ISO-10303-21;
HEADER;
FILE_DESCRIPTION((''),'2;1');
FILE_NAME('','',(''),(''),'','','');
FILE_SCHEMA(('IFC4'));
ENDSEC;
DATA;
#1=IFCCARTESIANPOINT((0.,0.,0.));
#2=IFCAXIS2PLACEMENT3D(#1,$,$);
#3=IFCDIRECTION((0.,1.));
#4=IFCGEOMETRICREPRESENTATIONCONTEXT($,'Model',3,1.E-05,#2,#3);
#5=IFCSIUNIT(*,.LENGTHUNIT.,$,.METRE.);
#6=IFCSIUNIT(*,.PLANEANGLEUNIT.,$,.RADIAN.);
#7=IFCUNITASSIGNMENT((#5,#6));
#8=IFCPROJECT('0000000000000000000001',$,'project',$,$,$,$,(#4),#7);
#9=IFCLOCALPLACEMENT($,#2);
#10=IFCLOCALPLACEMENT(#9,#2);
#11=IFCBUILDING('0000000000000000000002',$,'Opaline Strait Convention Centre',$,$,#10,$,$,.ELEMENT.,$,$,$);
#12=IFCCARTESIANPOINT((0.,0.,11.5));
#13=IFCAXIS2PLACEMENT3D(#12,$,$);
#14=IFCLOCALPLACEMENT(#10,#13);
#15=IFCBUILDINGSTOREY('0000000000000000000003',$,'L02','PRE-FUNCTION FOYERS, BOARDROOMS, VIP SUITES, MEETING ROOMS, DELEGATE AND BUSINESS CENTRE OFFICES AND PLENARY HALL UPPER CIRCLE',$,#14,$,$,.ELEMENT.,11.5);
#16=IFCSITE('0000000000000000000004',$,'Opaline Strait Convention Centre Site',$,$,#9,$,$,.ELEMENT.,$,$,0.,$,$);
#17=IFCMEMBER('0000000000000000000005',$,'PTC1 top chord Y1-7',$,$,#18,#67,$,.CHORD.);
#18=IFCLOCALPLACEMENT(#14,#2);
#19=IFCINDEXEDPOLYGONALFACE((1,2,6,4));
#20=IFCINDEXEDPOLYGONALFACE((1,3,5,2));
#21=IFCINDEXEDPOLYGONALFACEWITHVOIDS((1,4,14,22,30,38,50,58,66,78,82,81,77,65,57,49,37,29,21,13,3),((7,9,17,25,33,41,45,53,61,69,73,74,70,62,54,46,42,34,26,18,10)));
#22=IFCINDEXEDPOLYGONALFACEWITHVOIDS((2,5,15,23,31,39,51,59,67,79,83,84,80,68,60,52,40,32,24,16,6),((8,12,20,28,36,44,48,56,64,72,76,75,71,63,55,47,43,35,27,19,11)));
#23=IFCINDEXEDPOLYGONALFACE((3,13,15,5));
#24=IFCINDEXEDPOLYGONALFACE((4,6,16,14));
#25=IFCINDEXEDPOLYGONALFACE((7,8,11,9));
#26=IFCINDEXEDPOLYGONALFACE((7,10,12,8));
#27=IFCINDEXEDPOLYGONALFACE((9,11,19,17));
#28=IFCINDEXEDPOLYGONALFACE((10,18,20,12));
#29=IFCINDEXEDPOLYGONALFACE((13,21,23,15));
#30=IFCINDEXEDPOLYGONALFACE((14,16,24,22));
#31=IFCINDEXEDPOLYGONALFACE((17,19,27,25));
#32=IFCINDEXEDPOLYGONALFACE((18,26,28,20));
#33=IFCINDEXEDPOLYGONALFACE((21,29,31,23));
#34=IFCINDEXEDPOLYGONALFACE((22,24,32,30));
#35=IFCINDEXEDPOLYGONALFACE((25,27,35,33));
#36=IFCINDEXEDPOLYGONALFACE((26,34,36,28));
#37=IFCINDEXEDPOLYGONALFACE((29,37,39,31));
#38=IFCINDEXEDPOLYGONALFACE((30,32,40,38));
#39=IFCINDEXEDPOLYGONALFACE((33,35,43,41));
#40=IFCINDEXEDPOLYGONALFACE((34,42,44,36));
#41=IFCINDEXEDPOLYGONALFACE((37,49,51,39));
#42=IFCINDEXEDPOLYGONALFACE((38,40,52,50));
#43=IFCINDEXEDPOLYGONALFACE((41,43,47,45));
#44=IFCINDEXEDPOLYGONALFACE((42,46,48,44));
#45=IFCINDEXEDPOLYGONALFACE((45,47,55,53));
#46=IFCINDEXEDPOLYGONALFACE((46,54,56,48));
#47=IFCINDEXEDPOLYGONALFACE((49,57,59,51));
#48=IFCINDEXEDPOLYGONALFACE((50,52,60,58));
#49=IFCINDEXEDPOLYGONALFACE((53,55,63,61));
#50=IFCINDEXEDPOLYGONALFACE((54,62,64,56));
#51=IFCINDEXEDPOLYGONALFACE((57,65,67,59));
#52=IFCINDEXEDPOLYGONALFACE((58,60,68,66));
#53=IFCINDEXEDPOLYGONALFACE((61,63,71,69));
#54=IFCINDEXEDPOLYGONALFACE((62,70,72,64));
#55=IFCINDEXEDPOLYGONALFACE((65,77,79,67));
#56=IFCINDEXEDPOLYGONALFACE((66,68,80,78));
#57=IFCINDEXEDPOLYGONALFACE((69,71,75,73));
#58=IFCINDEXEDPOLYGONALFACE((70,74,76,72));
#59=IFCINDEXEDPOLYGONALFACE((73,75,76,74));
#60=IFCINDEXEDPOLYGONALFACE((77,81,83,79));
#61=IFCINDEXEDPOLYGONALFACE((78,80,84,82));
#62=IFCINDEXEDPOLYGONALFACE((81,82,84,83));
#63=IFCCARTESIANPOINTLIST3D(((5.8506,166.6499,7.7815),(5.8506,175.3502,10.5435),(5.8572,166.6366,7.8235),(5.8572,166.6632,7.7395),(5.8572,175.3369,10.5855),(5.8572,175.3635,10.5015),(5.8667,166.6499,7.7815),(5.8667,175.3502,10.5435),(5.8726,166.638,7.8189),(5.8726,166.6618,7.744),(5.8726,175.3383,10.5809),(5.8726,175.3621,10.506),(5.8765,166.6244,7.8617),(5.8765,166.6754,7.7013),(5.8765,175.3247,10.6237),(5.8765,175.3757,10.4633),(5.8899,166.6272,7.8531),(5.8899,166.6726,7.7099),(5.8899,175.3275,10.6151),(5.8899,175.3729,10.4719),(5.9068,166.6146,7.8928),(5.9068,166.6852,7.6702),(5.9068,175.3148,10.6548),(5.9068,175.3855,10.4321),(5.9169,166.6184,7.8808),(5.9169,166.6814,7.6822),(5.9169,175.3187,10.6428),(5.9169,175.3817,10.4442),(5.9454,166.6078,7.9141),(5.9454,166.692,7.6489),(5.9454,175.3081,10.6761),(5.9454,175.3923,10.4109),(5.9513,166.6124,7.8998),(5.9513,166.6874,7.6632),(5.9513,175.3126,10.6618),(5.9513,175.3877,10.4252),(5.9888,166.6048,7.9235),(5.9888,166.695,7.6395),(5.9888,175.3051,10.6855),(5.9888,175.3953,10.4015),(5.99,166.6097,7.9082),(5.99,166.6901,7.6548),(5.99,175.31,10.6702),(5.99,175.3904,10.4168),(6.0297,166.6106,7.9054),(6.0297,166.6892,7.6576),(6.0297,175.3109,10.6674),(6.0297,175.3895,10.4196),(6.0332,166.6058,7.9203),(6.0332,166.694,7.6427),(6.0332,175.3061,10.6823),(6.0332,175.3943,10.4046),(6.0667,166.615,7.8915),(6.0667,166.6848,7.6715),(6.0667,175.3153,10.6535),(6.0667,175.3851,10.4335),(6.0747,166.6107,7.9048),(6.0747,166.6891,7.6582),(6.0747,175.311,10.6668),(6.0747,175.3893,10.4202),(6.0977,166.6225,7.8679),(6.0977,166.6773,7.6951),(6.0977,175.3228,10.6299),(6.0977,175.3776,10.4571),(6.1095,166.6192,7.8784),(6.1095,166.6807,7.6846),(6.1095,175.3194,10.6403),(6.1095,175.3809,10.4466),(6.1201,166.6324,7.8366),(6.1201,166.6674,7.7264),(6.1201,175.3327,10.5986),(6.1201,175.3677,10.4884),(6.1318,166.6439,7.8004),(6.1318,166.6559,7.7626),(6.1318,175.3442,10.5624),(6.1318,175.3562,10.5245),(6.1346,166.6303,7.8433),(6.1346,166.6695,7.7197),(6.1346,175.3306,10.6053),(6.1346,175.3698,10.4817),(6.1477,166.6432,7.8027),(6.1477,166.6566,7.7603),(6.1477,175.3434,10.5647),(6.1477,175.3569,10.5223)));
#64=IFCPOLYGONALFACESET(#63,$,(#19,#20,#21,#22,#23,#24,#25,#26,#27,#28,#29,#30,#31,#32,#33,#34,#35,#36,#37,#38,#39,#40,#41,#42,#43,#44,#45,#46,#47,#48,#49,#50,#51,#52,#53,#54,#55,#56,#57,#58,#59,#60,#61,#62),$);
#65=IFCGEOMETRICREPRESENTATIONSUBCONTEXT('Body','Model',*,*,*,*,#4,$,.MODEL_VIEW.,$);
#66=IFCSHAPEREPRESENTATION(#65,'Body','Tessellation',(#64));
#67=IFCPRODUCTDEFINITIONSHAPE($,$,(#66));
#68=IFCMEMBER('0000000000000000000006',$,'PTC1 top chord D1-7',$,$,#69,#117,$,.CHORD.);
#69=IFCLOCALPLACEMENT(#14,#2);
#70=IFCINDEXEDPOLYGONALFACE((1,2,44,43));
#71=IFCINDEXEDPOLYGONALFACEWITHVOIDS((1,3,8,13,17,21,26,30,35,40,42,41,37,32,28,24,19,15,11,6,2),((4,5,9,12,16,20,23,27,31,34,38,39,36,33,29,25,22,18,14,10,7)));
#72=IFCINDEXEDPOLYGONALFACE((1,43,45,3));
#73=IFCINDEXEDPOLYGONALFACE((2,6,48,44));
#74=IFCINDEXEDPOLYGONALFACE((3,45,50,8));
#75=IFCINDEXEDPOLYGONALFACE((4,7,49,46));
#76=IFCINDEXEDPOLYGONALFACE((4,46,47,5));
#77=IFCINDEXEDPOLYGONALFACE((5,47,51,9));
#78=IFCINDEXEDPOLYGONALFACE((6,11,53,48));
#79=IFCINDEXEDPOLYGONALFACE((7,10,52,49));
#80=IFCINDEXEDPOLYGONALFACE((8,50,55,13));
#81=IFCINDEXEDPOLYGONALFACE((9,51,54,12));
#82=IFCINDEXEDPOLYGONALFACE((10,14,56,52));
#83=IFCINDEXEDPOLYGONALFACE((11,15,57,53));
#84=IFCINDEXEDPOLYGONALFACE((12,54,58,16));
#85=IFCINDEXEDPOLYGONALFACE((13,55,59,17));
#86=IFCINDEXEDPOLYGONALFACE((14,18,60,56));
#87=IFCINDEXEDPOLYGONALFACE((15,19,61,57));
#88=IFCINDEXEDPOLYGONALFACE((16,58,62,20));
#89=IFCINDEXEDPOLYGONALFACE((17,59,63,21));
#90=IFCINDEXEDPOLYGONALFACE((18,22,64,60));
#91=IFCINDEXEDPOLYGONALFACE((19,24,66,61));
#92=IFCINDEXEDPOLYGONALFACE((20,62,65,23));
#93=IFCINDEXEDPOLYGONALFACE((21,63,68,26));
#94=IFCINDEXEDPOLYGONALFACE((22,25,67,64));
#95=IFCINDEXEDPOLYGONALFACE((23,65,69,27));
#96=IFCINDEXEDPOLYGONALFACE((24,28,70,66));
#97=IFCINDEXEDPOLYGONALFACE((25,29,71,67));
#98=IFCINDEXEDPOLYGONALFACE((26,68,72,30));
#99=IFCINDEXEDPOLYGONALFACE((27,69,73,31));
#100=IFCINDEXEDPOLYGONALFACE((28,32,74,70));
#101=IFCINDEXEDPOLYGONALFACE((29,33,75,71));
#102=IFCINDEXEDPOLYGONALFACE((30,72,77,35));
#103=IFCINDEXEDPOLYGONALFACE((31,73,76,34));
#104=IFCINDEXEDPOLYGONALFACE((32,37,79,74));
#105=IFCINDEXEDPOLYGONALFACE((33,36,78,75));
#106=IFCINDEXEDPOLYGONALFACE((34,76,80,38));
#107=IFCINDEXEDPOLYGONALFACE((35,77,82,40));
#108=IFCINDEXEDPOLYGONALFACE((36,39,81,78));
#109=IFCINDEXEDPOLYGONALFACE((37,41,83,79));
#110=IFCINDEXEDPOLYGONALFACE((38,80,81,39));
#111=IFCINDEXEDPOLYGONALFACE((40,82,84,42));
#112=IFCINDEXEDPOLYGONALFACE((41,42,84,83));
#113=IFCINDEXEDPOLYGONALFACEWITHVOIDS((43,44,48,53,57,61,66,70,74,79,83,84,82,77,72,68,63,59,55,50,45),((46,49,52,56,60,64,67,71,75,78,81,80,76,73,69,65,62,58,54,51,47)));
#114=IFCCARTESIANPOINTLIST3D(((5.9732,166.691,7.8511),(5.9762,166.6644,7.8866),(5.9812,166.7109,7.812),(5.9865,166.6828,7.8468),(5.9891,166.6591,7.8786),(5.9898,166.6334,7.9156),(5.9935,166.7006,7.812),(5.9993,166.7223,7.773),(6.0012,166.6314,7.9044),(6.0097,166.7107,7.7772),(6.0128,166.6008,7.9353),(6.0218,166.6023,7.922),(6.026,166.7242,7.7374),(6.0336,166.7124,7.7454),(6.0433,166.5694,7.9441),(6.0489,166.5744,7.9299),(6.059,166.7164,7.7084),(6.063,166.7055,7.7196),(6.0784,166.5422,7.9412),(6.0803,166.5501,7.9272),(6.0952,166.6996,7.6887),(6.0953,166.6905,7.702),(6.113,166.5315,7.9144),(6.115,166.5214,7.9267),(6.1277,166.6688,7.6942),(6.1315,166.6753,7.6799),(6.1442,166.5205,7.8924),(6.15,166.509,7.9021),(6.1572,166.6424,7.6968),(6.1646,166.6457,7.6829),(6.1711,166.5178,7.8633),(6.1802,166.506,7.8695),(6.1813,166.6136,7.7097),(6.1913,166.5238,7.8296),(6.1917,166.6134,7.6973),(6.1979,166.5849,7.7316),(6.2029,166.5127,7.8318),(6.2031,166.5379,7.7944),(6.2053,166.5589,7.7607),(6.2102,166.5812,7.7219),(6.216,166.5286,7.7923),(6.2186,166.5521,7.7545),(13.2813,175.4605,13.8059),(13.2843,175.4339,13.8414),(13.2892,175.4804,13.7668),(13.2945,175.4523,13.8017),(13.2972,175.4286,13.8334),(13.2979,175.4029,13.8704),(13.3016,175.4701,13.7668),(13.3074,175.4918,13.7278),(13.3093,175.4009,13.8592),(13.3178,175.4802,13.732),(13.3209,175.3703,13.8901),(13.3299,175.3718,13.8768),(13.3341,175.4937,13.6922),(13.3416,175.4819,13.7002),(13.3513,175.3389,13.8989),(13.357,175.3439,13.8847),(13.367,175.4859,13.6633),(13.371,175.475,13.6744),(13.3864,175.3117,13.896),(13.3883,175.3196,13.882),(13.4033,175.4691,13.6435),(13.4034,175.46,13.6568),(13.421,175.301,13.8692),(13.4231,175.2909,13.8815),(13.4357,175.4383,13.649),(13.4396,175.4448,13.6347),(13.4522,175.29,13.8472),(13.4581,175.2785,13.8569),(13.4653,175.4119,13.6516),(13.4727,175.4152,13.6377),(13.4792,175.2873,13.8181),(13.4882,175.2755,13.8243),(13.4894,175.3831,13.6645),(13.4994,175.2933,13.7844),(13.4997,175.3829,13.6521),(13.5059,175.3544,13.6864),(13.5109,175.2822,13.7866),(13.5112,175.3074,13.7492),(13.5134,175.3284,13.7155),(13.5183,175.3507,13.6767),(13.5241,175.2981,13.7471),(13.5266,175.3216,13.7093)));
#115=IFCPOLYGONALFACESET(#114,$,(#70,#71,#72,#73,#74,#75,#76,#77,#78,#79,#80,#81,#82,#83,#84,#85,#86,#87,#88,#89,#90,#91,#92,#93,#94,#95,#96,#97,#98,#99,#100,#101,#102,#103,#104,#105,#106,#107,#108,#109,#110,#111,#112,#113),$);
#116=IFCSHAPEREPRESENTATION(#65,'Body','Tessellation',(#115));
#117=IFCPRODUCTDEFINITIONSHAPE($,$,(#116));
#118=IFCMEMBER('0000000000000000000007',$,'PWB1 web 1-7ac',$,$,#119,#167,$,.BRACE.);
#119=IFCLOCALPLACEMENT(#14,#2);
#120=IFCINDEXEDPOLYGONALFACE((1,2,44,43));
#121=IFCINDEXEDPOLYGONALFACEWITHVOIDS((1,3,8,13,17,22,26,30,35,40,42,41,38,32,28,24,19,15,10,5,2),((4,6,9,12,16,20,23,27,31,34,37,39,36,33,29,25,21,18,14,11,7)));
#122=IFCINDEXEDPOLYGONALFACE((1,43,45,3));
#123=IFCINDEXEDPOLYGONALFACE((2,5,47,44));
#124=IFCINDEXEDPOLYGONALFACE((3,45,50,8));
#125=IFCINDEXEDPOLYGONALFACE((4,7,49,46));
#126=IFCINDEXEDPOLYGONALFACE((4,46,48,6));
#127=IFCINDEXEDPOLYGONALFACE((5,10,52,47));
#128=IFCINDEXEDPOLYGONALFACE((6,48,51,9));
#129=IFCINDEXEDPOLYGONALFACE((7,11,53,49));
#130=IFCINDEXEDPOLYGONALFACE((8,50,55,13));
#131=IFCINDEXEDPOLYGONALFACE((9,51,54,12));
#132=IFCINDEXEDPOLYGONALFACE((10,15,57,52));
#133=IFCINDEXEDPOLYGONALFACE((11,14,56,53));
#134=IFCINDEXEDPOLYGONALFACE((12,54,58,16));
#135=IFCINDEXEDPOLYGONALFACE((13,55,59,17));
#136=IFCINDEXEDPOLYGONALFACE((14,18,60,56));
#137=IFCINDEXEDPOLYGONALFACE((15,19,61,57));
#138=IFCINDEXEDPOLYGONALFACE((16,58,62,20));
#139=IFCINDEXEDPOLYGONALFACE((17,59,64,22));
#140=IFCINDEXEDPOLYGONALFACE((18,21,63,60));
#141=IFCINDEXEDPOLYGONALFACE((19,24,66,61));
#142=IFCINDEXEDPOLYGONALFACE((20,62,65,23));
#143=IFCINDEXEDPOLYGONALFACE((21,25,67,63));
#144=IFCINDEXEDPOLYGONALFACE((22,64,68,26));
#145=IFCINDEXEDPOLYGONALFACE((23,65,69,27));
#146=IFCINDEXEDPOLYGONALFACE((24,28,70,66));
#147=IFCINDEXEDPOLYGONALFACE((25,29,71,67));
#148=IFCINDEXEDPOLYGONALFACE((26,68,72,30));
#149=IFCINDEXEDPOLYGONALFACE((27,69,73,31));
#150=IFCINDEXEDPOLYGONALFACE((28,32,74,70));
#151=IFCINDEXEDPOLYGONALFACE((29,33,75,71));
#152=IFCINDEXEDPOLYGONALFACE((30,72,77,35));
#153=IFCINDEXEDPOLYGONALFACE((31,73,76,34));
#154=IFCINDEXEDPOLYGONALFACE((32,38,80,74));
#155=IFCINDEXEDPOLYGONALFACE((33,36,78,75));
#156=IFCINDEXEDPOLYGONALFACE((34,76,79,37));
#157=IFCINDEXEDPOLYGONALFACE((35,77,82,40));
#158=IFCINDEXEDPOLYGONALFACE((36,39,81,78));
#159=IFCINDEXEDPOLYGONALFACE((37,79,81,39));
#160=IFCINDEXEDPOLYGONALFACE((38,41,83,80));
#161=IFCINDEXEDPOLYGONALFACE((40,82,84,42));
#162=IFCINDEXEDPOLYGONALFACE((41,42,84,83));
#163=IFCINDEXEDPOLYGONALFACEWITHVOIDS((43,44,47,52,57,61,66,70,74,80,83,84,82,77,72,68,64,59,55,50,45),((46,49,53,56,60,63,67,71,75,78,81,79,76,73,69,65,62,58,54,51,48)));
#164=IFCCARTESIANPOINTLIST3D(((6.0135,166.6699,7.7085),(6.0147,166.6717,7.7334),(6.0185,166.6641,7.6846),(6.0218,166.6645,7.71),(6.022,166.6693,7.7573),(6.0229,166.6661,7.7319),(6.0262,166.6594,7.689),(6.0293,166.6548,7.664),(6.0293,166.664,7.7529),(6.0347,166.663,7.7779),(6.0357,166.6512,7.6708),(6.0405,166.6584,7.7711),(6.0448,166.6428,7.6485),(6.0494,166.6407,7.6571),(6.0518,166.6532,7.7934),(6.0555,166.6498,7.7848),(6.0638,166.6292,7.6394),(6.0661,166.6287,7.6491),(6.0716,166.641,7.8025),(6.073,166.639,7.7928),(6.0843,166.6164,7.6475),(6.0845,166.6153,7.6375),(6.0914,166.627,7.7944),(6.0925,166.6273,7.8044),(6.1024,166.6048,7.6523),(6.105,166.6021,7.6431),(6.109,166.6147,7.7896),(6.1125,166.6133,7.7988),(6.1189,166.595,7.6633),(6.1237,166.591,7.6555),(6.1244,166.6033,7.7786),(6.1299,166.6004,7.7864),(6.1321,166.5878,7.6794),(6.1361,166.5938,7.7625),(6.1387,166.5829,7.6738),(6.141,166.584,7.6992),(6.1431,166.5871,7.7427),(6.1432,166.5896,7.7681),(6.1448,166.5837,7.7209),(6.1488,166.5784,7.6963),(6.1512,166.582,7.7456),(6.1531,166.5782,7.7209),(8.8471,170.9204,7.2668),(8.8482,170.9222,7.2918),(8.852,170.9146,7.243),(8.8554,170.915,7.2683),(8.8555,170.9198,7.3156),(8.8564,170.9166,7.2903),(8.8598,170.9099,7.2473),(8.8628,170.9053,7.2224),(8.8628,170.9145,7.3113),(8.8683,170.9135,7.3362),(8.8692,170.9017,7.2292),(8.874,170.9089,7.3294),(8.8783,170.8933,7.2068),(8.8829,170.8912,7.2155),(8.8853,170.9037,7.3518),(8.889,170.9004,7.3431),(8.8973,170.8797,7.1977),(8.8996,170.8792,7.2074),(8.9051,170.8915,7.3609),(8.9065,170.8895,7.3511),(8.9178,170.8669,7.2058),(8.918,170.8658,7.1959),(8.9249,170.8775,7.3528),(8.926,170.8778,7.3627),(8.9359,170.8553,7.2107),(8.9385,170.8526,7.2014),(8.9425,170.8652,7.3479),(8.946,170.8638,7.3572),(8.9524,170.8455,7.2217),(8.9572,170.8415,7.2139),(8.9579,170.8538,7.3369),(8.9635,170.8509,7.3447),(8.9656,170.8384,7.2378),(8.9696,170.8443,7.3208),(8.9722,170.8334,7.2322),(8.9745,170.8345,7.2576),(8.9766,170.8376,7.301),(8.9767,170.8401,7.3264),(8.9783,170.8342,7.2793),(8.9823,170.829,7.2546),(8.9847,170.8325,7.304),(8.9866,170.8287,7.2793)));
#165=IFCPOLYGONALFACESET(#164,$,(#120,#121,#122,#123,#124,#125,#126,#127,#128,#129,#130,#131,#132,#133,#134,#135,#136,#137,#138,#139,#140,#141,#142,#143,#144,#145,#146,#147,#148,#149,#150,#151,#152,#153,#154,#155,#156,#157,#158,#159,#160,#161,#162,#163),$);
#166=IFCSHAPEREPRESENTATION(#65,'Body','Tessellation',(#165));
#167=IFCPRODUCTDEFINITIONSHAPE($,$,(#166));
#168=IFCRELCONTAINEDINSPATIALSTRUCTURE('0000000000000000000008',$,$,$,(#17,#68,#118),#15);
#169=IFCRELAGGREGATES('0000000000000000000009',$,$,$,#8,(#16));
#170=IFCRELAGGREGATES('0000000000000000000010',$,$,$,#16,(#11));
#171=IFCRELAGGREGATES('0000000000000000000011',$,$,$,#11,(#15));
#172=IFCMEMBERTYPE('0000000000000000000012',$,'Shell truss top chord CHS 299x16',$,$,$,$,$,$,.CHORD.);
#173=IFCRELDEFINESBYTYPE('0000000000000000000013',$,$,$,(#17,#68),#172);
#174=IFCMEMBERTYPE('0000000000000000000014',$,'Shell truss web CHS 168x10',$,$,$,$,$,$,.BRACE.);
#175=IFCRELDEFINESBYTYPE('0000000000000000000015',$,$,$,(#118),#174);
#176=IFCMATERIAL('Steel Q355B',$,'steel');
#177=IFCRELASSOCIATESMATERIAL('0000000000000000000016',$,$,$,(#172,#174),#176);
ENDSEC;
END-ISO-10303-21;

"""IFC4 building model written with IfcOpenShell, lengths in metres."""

from ifc_helpers import new_model, si_unit, direction, frame, origin, origin_2d, place, context, subcontext, project, spatial, hollow_circle, extrude, material, material_profile, profile_set, type_object, element, save


model = new_model("IFC4")

# Units and contexts
model_context = context("Model", 3, precision=1e-05, world=origin(), true_north=direction((0.0, 1.0)))
body_context = subcontext(model_context, "Body", "Model", "MODEL_VIEW")
ifc_project = project(units=[si_unit("LENGTHUNIT", "METRE"), si_unit("PLANEANGLEUNIT", "RADIAN")], contexts=[model_context])

# Site, building, storey
site_placement = place(None, origin())
site = spatial("IfcSite", under=ifc_project, at=site_placement, Name="Opaline Strait Convention Centre Site", CompositionType="ELEMENT", RefElevation=0.0)
building_placement = place(site_placement, origin())
building = spatial("IfcBuilding", under=site, at=building_placement, Name="Opaline Strait Convention Centre", CompositionType="ELEMENT")
storey_placement = place(building_placement, frame((0.0, 0.0, 11.5)))
storey = spatial("IfcBuildingStorey", under=building, at=storey_placement, Name="L02", Description="PRE-FUNCTION FOYERS, BOARDROOMS, VIP SUITES, MEETING ROOMS, DELEGATE AND BUSINESS CENTRE OFFICES AND PLENARY HALL UPPER CIRCLE", CompositionType="ELEMENT", Elevation=11.5)

# Members
ifc_material_1 = material(Name="Steel Q355B", Category="steel")
ifc_material_profile_1 = material_profile(ifc_material_1, hollow_circle(Radius=0.1494, WallThickness=0.0161, at=origin_2d()), Name="CHS 299x16")
ifc_profile_set_1 = profile_set([ifc_material_profile_1], Name="Steel Q355B")
member_type_1 = type_object("IfcMemberType", Name="Shell truss top chord CHS 299x16", PredefinedType="CHORD", material=ifc_profile_set_1)
member_1_placement = place(storey_placement, frame((6.0, 166.6499, 7.7815), z_axis=(0.0, 0.953124, 0.302579), x_axis=(-1.0, 0.0, 0.0)))
element("IfcMember", 1, at=member_1_placement, inside=storey, type_object=member_type_1, Name="PTC1 top chord Y1-7", PredefinedType="CHORD", context=body_context, shape_type="SweptSolid", body=[
    extrude(hollow_circle(Radius=0.1494, WallThickness=0.0161, at=origin_2d()), origin(), (0.0, 0.0, 1.0), 9.1282),
])
member_2_placement = place(storey_placement, frame((6.0959, 166.6152, 7.812), z_axis=(0.567607, 0.681113, 0.462501), x_axis=(-0.768214, 0.640193, 0.0)))
element("IfcMember", 2, at=member_2_placement, inside=storey, type_object=member_type_1, Name="PTC1 top chord D1-7", PredefinedType="CHORD", context=body_context, shape_type="SweptSolid", body=[
    extrude(hollow_circle(Radius=0.1494, WallThickness=0.0161, at=origin_2d()), origin(), (0.0, 0.0, 1.0), 12.8752),
])
ifc_material_profile_2 = material_profile(ifc_material_1, hollow_circle(Radius=0.084, WallThickness=0.01, at=origin_2d()), Name="CHS 168x10")
ifc_profile_set_2 = profile_set([ifc_material_profile_2], Name="Steel Q355B")
member_type_2 = type_object("IfcMemberType", Name="Shell truss web CHS 168x10", PredefinedType="BRACE", material=ifc_profile_set_2)
member_3_placement = place(storey_placement, frame((8.9167, 170.8752, 7.2793), z_axis=(-0.552617, -0.828973, 0.086135), x_axis=(0.832065, -0.554678, 0.0)))
element("IfcMember", 3, at=member_3_placement, inside=storey, type_object=member_type_2, Name="PWB1 web 1-7ac", PredefinedType="BRACE", context=body_context, shape_type="SweptSolid", body=[
    extrude(hollow_circle(Radius=0.084, WallThickness=0.01, at=origin_2d()), origin(), (0.0, 0.0, 1.0), 5.1274),
])

save(model, "model.ifc")
